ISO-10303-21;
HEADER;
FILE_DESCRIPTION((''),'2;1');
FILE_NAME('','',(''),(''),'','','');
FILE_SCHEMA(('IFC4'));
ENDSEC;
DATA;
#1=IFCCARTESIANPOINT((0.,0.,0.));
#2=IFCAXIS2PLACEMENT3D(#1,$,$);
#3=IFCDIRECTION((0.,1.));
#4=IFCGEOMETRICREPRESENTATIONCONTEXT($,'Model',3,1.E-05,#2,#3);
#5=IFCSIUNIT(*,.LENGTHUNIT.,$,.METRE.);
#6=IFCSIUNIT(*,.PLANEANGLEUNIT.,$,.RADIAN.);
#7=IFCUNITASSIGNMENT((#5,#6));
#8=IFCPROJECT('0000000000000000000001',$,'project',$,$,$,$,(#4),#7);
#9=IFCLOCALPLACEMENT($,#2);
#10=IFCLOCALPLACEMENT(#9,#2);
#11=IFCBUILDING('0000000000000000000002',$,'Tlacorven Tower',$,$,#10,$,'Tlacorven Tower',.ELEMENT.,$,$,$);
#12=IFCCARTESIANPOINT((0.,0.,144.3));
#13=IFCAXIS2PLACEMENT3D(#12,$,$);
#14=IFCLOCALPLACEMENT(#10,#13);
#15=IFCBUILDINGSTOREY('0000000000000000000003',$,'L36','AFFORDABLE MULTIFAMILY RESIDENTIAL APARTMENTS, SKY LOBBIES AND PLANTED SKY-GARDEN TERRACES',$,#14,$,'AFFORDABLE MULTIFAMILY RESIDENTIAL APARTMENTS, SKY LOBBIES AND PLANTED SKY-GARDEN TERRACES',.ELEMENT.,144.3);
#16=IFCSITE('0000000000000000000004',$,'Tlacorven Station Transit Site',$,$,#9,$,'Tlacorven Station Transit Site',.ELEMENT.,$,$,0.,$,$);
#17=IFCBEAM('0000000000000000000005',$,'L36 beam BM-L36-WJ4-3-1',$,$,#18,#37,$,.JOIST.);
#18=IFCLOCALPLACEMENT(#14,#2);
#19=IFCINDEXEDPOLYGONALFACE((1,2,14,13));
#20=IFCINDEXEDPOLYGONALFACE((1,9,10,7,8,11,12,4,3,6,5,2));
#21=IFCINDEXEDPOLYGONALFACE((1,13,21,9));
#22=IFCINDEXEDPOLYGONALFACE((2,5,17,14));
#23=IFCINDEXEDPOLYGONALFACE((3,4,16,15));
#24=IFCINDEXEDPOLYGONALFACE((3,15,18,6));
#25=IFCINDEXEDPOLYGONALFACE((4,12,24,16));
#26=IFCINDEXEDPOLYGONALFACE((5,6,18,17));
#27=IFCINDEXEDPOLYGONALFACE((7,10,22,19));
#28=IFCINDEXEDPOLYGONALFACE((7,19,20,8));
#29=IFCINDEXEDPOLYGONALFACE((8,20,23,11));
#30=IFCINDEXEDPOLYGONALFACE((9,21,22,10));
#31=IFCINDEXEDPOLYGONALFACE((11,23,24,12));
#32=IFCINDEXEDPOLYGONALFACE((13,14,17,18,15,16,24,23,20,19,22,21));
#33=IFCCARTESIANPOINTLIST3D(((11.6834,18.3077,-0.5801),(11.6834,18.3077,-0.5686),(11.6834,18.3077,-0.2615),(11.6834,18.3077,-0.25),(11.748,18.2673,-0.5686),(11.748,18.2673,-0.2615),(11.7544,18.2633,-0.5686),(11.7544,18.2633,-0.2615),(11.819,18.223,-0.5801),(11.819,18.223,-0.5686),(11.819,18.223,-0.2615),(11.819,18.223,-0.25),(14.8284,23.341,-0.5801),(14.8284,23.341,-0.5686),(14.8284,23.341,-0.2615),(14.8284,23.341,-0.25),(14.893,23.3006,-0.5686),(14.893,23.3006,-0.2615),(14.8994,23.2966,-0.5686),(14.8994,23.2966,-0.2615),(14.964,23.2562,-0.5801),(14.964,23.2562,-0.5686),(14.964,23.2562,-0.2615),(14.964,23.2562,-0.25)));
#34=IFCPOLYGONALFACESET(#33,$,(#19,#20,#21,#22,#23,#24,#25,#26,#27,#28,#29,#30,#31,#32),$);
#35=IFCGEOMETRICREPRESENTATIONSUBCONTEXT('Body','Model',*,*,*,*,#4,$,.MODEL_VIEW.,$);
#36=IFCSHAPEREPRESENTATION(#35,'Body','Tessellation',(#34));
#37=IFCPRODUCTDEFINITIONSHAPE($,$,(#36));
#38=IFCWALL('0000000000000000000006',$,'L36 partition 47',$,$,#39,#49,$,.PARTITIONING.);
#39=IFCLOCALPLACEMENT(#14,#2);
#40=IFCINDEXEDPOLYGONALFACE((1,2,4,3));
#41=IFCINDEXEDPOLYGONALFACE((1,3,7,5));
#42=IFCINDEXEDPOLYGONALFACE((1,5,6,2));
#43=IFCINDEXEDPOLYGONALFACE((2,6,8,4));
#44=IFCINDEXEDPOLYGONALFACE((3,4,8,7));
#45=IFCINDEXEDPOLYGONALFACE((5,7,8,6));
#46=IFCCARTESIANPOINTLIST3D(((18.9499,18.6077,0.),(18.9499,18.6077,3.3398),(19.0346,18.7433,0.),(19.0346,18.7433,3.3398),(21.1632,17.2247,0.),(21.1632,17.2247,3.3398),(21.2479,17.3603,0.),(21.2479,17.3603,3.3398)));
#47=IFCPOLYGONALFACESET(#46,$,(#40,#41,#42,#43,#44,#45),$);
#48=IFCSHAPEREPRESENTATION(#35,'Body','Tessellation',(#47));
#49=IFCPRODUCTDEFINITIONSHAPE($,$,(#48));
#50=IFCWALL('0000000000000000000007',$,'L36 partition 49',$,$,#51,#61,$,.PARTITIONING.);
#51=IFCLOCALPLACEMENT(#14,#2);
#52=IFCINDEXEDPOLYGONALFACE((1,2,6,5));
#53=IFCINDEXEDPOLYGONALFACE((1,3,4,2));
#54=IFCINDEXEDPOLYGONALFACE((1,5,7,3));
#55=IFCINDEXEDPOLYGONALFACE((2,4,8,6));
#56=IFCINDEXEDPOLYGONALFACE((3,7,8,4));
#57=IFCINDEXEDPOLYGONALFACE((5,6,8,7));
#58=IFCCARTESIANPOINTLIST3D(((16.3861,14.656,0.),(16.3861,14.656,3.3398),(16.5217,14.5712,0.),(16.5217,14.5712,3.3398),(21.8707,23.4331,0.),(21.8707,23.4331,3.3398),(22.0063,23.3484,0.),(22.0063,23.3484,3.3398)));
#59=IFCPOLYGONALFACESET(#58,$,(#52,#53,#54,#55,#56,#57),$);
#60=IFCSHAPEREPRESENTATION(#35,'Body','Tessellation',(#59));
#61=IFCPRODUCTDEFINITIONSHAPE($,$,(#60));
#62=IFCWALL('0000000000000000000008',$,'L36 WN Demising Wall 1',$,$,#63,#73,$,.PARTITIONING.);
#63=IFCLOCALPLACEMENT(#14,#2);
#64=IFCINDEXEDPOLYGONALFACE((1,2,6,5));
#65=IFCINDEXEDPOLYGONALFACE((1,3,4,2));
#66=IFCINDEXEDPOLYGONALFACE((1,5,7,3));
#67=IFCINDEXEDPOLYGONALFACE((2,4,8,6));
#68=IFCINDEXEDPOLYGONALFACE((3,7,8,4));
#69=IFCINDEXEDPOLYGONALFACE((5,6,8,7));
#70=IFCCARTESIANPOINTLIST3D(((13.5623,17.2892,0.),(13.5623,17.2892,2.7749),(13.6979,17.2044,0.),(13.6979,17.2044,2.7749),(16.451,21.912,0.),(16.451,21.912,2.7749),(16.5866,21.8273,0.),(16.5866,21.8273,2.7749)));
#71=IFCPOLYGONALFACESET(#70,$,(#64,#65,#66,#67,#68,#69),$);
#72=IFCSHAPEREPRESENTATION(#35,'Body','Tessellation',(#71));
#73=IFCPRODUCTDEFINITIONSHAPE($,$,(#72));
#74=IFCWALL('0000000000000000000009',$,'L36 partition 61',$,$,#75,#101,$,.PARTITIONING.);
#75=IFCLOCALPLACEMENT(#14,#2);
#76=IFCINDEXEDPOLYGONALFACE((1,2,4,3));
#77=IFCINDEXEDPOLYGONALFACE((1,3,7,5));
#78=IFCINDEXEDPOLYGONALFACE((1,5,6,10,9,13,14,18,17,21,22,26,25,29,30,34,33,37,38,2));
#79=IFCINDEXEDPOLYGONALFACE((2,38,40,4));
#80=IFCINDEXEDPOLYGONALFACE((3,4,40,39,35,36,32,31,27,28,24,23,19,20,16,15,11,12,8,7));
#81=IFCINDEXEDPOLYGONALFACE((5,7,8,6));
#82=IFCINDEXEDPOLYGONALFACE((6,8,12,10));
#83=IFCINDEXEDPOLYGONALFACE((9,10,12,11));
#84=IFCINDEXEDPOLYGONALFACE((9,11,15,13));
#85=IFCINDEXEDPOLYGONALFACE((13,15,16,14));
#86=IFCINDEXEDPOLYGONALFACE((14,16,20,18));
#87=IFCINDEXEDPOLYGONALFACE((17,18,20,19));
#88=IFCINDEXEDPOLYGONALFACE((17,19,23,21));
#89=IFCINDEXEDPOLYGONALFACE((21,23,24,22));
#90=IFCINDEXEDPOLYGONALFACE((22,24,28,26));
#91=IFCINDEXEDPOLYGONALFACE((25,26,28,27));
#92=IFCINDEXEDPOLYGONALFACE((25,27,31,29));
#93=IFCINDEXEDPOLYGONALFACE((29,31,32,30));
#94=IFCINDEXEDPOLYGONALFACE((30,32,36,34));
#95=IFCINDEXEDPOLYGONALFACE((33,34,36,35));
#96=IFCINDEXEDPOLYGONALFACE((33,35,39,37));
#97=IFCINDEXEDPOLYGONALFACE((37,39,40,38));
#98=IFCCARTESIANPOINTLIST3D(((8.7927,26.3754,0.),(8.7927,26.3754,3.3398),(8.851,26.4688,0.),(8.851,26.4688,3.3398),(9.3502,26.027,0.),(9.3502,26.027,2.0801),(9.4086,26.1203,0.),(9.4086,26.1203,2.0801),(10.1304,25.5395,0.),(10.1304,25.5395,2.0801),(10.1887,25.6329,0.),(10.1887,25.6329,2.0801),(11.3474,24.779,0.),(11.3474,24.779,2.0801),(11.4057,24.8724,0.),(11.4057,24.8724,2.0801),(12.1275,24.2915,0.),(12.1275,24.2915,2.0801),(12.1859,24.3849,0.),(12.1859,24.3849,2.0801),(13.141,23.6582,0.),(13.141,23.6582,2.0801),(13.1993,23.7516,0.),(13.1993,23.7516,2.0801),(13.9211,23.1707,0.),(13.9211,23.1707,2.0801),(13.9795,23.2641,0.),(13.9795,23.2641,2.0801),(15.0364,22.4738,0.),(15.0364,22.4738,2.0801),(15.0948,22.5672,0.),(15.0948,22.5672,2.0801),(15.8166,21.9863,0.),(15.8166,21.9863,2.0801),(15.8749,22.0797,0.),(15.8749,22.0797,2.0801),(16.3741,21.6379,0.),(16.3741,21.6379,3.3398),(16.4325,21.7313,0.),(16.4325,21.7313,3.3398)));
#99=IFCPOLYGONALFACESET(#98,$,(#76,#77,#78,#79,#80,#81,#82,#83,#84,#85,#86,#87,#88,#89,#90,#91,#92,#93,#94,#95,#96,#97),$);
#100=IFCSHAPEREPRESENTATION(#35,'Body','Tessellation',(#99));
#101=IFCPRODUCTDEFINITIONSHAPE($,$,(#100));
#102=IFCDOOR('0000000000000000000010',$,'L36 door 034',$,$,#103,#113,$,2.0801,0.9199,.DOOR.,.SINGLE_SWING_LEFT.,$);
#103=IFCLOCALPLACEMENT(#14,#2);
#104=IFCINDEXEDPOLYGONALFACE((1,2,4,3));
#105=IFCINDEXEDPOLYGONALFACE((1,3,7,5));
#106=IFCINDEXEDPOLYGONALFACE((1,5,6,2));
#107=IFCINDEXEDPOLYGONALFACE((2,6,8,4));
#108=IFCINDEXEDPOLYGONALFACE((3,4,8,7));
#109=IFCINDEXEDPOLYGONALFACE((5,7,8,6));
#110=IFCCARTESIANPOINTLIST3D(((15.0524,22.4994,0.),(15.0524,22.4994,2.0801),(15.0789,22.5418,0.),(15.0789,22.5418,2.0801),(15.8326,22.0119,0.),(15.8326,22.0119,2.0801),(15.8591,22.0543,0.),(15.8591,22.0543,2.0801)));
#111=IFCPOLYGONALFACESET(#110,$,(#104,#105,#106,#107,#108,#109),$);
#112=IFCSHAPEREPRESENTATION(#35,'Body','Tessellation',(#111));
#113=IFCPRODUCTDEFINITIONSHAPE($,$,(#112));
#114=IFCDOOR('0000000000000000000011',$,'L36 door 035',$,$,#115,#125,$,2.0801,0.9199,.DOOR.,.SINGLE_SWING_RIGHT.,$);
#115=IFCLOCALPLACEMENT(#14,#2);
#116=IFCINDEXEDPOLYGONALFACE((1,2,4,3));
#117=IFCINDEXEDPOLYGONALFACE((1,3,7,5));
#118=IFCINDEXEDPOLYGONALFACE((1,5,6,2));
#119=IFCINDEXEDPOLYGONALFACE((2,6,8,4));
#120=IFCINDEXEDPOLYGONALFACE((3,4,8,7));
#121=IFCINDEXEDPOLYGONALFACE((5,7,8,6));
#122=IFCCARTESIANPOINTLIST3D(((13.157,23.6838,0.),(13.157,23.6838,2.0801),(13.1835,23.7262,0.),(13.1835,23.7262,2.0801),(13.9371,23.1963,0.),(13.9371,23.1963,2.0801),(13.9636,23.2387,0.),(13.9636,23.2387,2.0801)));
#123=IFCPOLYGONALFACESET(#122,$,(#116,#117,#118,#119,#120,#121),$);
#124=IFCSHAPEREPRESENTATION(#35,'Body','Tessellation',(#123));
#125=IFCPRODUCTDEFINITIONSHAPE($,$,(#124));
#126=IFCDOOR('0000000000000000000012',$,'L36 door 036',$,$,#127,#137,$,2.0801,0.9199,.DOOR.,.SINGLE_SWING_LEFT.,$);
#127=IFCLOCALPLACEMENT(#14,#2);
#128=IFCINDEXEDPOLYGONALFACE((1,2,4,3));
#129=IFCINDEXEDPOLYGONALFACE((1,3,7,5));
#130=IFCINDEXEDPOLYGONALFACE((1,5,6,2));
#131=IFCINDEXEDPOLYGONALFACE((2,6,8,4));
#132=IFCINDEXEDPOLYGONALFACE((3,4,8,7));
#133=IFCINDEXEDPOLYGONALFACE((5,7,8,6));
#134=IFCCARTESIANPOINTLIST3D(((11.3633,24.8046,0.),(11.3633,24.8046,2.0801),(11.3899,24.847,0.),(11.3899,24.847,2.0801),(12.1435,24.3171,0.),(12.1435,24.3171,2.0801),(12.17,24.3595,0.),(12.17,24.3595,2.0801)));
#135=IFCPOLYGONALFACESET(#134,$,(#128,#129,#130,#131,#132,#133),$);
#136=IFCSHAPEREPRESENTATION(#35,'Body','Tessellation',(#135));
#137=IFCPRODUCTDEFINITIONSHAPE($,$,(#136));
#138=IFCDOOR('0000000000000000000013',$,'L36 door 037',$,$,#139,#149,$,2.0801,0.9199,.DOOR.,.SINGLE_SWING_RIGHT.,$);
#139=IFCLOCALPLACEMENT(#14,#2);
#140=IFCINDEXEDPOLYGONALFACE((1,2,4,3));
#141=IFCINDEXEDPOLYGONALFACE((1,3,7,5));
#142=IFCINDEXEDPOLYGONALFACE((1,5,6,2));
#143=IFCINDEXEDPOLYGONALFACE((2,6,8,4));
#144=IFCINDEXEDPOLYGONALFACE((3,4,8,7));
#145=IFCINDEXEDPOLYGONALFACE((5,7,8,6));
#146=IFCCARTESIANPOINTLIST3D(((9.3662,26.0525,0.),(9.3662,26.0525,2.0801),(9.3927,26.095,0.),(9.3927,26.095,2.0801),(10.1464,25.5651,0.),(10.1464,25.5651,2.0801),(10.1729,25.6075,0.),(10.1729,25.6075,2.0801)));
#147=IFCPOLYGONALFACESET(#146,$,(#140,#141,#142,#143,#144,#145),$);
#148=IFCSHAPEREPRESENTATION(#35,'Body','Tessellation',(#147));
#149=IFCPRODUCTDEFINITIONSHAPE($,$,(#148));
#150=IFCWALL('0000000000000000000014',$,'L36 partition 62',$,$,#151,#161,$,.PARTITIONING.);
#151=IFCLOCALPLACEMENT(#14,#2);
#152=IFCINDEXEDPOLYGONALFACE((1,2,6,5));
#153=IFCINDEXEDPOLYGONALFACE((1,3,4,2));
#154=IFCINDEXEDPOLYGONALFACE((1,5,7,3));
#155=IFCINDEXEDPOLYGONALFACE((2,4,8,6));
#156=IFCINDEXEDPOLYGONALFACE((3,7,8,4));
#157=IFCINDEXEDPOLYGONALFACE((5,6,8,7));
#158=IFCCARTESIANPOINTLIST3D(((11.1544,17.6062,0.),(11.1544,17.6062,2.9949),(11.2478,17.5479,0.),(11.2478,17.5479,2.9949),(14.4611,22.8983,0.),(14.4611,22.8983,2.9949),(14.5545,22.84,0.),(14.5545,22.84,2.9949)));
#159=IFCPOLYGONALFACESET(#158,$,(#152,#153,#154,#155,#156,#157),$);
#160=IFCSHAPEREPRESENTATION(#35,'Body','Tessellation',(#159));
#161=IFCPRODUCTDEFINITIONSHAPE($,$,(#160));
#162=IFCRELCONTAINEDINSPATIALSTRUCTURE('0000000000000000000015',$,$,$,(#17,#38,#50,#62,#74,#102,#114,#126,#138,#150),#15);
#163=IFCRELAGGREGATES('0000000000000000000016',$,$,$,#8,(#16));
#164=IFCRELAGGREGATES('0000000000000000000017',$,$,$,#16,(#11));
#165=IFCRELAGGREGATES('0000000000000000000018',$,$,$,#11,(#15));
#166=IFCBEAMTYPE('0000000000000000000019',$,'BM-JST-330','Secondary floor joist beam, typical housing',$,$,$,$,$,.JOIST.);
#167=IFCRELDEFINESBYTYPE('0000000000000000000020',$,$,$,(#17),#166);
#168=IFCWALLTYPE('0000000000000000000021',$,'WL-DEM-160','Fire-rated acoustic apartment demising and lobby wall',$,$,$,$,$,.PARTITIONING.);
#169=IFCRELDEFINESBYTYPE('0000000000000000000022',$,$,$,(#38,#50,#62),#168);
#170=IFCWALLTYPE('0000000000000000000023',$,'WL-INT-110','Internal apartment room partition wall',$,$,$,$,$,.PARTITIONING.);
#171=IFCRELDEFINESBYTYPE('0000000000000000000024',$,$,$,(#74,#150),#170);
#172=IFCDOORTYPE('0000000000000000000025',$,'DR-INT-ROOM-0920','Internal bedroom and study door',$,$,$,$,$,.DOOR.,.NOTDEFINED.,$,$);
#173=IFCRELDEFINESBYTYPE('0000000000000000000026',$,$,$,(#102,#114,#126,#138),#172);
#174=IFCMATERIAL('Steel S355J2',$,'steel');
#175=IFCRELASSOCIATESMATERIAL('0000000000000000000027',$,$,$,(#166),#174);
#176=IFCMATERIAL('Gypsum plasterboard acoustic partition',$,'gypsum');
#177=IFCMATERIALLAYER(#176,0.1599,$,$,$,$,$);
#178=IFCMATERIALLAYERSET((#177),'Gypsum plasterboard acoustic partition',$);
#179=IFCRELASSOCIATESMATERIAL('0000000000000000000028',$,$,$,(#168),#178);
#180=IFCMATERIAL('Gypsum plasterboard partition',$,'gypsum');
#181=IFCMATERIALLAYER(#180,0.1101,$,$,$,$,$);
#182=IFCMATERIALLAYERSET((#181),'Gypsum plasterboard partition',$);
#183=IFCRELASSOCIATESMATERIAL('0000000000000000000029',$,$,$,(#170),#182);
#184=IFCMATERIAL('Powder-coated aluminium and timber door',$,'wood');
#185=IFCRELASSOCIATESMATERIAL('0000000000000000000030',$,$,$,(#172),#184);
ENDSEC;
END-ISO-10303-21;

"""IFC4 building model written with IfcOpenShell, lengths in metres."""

from ifc_helpers import new_model, si_unit, direction, frame, frame_2d, origin, origin_2d, place, context, subcontext, project, spatial, rectangle, i_section, extrude, source, transform, mapped, material, layer, layer_set, material_profile, profile_set, type_object, element, fill, save


model = new_model("IFC4")

# Units and contexts
model_context = context("Model", 3, precision=1e-05, world=origin(), true_north=direction((0.0, 1.0)))
body_context = subcontext(model_context, "Body", "Model", "MODEL_VIEW")
ifc_project = project(units=[si_unit("LENGTHUNIT", "METRE"), si_unit("PLANEANGLEUNIT", "RADIAN")], contexts=[model_context])

# Site, building, storey
site_placement = place(None, origin())
site = spatial("IfcSite", under=ifc_project, at=site_placement, Name="Tlacorven Station Transit Site", LongName="Tlacorven Station Transit Site", CompositionType="ELEMENT", RefElevation=0.0)
building_placement = place(site_placement, origin())
building = spatial("IfcBuilding", under=site, at=building_placement, Name="Tlacorven Tower", LongName="Tlacorven Tower", CompositionType="ELEMENT")
storey_placement = place(building_placement, frame((0.0, 0.0, 144.3)))
storey = spatial("IfcBuildingStorey", under=building, at=storey_placement, Name="L36", Description="AFFORDABLE MULTIFAMILY RESIDENTIAL APARTMENTS, SKY LOBBIES AND PLANTED SKY-GARDEN TERRACES", LongName="AFFORDABLE MULTIFAMILY RESIDENTIAL APARTMENTS, SKY LOBBIES AND PLANTED SKY-GARDEN TERRACES", CompositionType="ELEMENT", Elevation=144.3)

# Beam
ifc_material_1 = material(Name="Steel S355J2", Category="steel")
ifc_material_profile_1 = material_profile(ifc_material_1, i_section(OverallWidth=0.1599, OverallDepth=0.3301, WebThickness=0.0076, FlangeThickness=0.0115, at=origin_2d()), Name="IPE 330")
ifc_profile_set_1 = profile_set([ifc_material_profile_1], Name="Steel S355J2")
beam_type_1 = type_object("IfcBeamType", Name="BM-JST-330", Description="Secondary floor joist beam, typical housing", PredefinedType="JOIST", material=ifc_profile_set_1)
shared_shape_1 = source(origin(), body_context, "Body", "SweptSolid", [
    extrude(i_section(OverallWidth=0.1599, OverallDepth=0.3301, WebThickness=0.0076, FlangeThickness=0.0115, at=origin_2d()), origin(), (0.0, 0.0, 1.0), 5.9351),
])
for number, where, z_axis, x_axis, name in (
    (1, (14.8962, 23.2986, -0.415), (-0.52991, -0.848054, 0.0), (0.848054, -0.52991, 0.0), "L36 beam BM-L36-WJ4-3-1"),
):
    element("IfcBeam", number, at=place(storey_placement, frame(where, z_axis=z_axis, x_axis=x_axis)), inside=storey, type_object=beam_type_1, Name=name, PredefinedType="JOIST", context=body_context, shape_type="MappedRepresentation", body=[
        mapped(shared_shape_1, transform((0.0, 0.0, 0.0), scale=1.0)),
    ])

# Walls
ifc_material_2 = material(Name="Gypsum plasterboard acoustic partition", Category="gypsum")
ifc_layer_1 = layer(ifc_material_2, 0.1599)
ifc_layer_set_1 = layer_set([ifc_layer_1], Name="Gypsum plasterboard acoustic partition")
wall_type_1 = type_object("IfcWallType", Name="WL-DEM-160", Description="Fire-rated acoustic apartment demising and lobby wall", PredefinedType="PARTITIONING", material=ifc_layer_set_1)
wall_1_placement = place(storey_placement, frame((21.2056, 17.2925, 0.0), z_axis=(0.0, 0.0, 1.0), x_axis=(-0.848051, 0.529915, 0.0)))
element("IfcWall", 2, at=wall_1_placement, inside=storey, type_object=wall_type_1, Name="L36 partition 47", PredefinedType="PARTITIONING", context=body_context, shape_type="SweptSolid", body=[
    extrude(rectangle(XDim=2.6099, YDim=0.1599, at=frame_2d((1.3049, 0.0))), origin(), (0.0, 0.0, 1.0), 3.3398),
])
wall_2_placement = place(storey_placement, frame((21.9385, 23.3906, 0.0), z_axis=(0.0, 0.0, 1.0), x_axis=(-0.529925, -0.848045, 0.0)))
element("IfcWall", 3, at=wall_2_placement, inside=storey, type_object=wall_type_1, Name="L36 partition 49", PredefinedType="PARTITIONING", context=body_context, shape_type="SweptSolid", body=[
    extrude(rectangle(XDim=10.3499, YDim=0.1599, at=frame_2d((5.1748, 0.0))), origin(), (0.0, 0.0, 1.0), 3.3398),
])
wall_3_placement = place(storey_placement, frame((16.5188, 21.8696, 0.0), z_axis=(0.0, 0.0, 1.0), x_axis=(-0.529922, -0.848046, 0.0)))
element("IfcWall", 4, at=wall_3_placement, inside=storey, type_object=wall_type_1, Name="L36 WN Demising Wall 1", PredefinedType="PARTITIONING", context=body_context, shape_type="SweptSolid", body=[
    extrude(rectangle(XDim=5.4512, YDim=0.1599, at=frame_2d((2.7256, 0.0))), origin(), (0.0, 0.0, 1.0), 2.7749),
])

# Wall, openings, doors
ifc_material_3 = material(Name="Gypsum plasterboard partition", Category="gypsum")
ifc_layer_2 = layer(ifc_material_3, 0.1101)
ifc_layer_set_2 = layer_set([ifc_layer_2], Name="Gypsum plasterboard partition")
wall_type_2 = type_object("IfcWallType", Name="WL-INT-110", Description="Internal apartment room partition wall", PredefinedType="PARTITIONING", material=ifc_layer_set_2)
wall_4_placement = place(storey_placement, frame((16.4033, 21.6846, 0.0), z_axis=(0.0, 0.0, 1.0), x_axis=(-0.848044, 0.529925, 0.0)))
wall_4 = element("IfcWall", 5, at=wall_4_placement, inside=storey, type_object=wall_type_2, Name="L36 partition 61", PredefinedType="PARTITIONING", context=body_context, shape_type="SweptSolid", body=[
    extrude(rectangle(XDim=8.9399, YDim=0.1101, at=frame_2d((4.47, 0.0))), origin(), (0.0, 0.0, 1.0), 3.3398),
])
opening_1_placement = place(wall_4_placement, frame((0.6575, 0.0, 0.0)))
opening_1 = element("IfcOpeningElement", 6, at=opening_1_placement, cuts=wall_4, PredefinedType="OPENING", context=body_context, shape_type="SweptSolid", body=[
    extrude(rectangle(XDim=0.9199, YDim=2.0801, at=frame_2d((0.46, 1.04))), frame((0.0, 0.0649, 0.0), z_axis=(0.0, -1.0, 0.0), x_axis=(1.0, 0.0, 0.0)), (0.0, 0.0, 1.0), 0.1301),
])
opening_2_placement = place(wall_4_placement, frame((2.8926, 0.0, 0.0)))
opening_2 = element("IfcOpeningElement", 7, at=opening_2_placement, cuts=wall_4, PredefinedType="OPENING", context=body_context, shape_type="SweptSolid", body=[
    extrude(rectangle(XDim=0.9199, YDim=2.0801, at=frame_2d((0.46, 1.04))), frame((0.0, 0.0649, 0.0), z_axis=(0.0, -1.0, 0.0), x_axis=(1.0, 0.0, 0.0)), (0.0, 0.0, 1.0), 0.1301),
])
opening_3_placement = place(wall_4_placement, frame((5.0076, 0.0, 0.0)))
opening_3 = element("IfcOpeningElement", 8, at=opening_3_placement, cuts=wall_4, PredefinedType="OPENING", context=body_context, shape_type="SweptSolid", body=[
    extrude(rectangle(XDim=0.9199, YDim=2.0801, at=frame_2d((0.46, 1.04))), frame((0.0, 0.0649, 0.0), z_axis=(0.0, -1.0, 0.0), x_axis=(1.0, 0.0, 0.0)), (0.0, 0.0, 1.0), 0.1301),
])
opening_4_placement = place(wall_4_placement, frame((7.3625, 0.0, 0.0)))
opening_4 = element("IfcOpeningElement", 9, at=opening_4_placement, cuts=wall_4, PredefinedType="OPENING", context=body_context, shape_type="SweptSolid", body=[
    extrude(rectangle(XDim=0.9199, YDim=2.0801, at=frame_2d((0.46, 1.04))), frame((0.0, 0.0649, 0.0), z_axis=(0.0, -1.0, 0.0), x_axis=(1.0, 0.0, 0.0)), (0.0, 0.0, 1.0), 0.1301),
])
ifc_material_4 = material(Name="Powder-coated aluminium and timber door", Category="wood")
door_type_1 = type_object("IfcDoorType", Name="DR-INT-ROOM-0920", Description="Internal bedroom and study door", OperationType="NOTDEFINED", PredefinedType="DOOR", material=ifc_material_4)
shared_shape_2 = source(origin(), body_context, "Body", "SweptSolid", [
    extrude(rectangle(XDim=0.9199, YDim=2.0801, at=frame_2d((0.46, 1.04))), frame((0.0, 0.0249, 0.0), z_axis=(0.0, -1.0, 0.0), x_axis=(1.0, 0.0, 0.0)), (0.0, 0.0, 1.0), 0.05),
])
door_1_placement = place(opening_1_placement, origin())
door_1 = element("IfcDoor", 10, at=door_1_placement, inside=storey, type_object=door_type_1, Name="L36 door 034", OperationType="SINGLE_SWING_LEFT", OverallHeight=2.0801, OverallWidth=0.9199, PredefinedType="DOOR", context=body_context, shape_type="MappedRepresentation", body=[
    mapped(shared_shape_2, transform((0.0, 0.0, 0.0), scale=1.0)),
])
fill(opening_1, door_1)
door_2_placement = place(opening_2_placement, origin())
door_2 = element("IfcDoor", 11, at=door_2_placement, inside=storey, type_object=door_type_1, Name="L36 door 035", OperationType="SINGLE_SWING_RIGHT", OverallHeight=2.0801, OverallWidth=0.9199, PredefinedType="DOOR", context=body_context, shape_type="MappedRepresentation", body=[
    mapped(shared_shape_2, transform((0.0, 0.0, 0.0), scale=1.0)),
])
fill(opening_2, door_2)
door_3_placement = place(opening_3_placement, origin())
door_3 = element("IfcDoor", 12, at=door_3_placement, inside=storey, type_object=door_type_1, Name="L36 door 036", OperationType="SINGLE_SWING_LEFT", OverallHeight=2.0801, OverallWidth=0.9199, PredefinedType="DOOR", context=body_context, shape_type="MappedRepresentation", body=[
    mapped(shared_shape_2, transform((0.0, 0.0, 0.0), scale=1.0)),
])
fill(opening_3, door_3)
door_4_placement = place(opening_4_placement, origin())
door_4 = element("IfcDoor", 13, at=door_4_placement, inside=storey, type_object=door_type_1, Name="L36 door 037", OperationType="SINGLE_SWING_RIGHT", OverallHeight=2.0801, OverallWidth=0.9199, PredefinedType="DOOR", context=body_context, shape_type="MappedRepresentation", body=[
    mapped(shared_shape_2, transform((0.0, 0.0, 0.0), scale=1.0)),
])
fill(opening_4, door_4)

# Wall
wall_5_placement = place(storey_placement, frame((14.5078, 22.8691, 0.0), z_axis=(0.0, 0.0, 1.0), x_axis=(-0.5299, -0.84806, 0.0)))
element("IfcWall", 14, at=wall_5_placement, inside=storey, type_object=wall_type_2, Name="L36 partition 62", PredefinedType="PARTITIONING", context=body_context, shape_type="SweptSolid", body=[
    extrude(rectangle(XDim=6.2402, YDim=0.1101, at=frame_2d((3.1201, 0.0))), origin(), (0.0, 0.0, 1.0), 2.9949),
])

save(model, "model.ifc")
